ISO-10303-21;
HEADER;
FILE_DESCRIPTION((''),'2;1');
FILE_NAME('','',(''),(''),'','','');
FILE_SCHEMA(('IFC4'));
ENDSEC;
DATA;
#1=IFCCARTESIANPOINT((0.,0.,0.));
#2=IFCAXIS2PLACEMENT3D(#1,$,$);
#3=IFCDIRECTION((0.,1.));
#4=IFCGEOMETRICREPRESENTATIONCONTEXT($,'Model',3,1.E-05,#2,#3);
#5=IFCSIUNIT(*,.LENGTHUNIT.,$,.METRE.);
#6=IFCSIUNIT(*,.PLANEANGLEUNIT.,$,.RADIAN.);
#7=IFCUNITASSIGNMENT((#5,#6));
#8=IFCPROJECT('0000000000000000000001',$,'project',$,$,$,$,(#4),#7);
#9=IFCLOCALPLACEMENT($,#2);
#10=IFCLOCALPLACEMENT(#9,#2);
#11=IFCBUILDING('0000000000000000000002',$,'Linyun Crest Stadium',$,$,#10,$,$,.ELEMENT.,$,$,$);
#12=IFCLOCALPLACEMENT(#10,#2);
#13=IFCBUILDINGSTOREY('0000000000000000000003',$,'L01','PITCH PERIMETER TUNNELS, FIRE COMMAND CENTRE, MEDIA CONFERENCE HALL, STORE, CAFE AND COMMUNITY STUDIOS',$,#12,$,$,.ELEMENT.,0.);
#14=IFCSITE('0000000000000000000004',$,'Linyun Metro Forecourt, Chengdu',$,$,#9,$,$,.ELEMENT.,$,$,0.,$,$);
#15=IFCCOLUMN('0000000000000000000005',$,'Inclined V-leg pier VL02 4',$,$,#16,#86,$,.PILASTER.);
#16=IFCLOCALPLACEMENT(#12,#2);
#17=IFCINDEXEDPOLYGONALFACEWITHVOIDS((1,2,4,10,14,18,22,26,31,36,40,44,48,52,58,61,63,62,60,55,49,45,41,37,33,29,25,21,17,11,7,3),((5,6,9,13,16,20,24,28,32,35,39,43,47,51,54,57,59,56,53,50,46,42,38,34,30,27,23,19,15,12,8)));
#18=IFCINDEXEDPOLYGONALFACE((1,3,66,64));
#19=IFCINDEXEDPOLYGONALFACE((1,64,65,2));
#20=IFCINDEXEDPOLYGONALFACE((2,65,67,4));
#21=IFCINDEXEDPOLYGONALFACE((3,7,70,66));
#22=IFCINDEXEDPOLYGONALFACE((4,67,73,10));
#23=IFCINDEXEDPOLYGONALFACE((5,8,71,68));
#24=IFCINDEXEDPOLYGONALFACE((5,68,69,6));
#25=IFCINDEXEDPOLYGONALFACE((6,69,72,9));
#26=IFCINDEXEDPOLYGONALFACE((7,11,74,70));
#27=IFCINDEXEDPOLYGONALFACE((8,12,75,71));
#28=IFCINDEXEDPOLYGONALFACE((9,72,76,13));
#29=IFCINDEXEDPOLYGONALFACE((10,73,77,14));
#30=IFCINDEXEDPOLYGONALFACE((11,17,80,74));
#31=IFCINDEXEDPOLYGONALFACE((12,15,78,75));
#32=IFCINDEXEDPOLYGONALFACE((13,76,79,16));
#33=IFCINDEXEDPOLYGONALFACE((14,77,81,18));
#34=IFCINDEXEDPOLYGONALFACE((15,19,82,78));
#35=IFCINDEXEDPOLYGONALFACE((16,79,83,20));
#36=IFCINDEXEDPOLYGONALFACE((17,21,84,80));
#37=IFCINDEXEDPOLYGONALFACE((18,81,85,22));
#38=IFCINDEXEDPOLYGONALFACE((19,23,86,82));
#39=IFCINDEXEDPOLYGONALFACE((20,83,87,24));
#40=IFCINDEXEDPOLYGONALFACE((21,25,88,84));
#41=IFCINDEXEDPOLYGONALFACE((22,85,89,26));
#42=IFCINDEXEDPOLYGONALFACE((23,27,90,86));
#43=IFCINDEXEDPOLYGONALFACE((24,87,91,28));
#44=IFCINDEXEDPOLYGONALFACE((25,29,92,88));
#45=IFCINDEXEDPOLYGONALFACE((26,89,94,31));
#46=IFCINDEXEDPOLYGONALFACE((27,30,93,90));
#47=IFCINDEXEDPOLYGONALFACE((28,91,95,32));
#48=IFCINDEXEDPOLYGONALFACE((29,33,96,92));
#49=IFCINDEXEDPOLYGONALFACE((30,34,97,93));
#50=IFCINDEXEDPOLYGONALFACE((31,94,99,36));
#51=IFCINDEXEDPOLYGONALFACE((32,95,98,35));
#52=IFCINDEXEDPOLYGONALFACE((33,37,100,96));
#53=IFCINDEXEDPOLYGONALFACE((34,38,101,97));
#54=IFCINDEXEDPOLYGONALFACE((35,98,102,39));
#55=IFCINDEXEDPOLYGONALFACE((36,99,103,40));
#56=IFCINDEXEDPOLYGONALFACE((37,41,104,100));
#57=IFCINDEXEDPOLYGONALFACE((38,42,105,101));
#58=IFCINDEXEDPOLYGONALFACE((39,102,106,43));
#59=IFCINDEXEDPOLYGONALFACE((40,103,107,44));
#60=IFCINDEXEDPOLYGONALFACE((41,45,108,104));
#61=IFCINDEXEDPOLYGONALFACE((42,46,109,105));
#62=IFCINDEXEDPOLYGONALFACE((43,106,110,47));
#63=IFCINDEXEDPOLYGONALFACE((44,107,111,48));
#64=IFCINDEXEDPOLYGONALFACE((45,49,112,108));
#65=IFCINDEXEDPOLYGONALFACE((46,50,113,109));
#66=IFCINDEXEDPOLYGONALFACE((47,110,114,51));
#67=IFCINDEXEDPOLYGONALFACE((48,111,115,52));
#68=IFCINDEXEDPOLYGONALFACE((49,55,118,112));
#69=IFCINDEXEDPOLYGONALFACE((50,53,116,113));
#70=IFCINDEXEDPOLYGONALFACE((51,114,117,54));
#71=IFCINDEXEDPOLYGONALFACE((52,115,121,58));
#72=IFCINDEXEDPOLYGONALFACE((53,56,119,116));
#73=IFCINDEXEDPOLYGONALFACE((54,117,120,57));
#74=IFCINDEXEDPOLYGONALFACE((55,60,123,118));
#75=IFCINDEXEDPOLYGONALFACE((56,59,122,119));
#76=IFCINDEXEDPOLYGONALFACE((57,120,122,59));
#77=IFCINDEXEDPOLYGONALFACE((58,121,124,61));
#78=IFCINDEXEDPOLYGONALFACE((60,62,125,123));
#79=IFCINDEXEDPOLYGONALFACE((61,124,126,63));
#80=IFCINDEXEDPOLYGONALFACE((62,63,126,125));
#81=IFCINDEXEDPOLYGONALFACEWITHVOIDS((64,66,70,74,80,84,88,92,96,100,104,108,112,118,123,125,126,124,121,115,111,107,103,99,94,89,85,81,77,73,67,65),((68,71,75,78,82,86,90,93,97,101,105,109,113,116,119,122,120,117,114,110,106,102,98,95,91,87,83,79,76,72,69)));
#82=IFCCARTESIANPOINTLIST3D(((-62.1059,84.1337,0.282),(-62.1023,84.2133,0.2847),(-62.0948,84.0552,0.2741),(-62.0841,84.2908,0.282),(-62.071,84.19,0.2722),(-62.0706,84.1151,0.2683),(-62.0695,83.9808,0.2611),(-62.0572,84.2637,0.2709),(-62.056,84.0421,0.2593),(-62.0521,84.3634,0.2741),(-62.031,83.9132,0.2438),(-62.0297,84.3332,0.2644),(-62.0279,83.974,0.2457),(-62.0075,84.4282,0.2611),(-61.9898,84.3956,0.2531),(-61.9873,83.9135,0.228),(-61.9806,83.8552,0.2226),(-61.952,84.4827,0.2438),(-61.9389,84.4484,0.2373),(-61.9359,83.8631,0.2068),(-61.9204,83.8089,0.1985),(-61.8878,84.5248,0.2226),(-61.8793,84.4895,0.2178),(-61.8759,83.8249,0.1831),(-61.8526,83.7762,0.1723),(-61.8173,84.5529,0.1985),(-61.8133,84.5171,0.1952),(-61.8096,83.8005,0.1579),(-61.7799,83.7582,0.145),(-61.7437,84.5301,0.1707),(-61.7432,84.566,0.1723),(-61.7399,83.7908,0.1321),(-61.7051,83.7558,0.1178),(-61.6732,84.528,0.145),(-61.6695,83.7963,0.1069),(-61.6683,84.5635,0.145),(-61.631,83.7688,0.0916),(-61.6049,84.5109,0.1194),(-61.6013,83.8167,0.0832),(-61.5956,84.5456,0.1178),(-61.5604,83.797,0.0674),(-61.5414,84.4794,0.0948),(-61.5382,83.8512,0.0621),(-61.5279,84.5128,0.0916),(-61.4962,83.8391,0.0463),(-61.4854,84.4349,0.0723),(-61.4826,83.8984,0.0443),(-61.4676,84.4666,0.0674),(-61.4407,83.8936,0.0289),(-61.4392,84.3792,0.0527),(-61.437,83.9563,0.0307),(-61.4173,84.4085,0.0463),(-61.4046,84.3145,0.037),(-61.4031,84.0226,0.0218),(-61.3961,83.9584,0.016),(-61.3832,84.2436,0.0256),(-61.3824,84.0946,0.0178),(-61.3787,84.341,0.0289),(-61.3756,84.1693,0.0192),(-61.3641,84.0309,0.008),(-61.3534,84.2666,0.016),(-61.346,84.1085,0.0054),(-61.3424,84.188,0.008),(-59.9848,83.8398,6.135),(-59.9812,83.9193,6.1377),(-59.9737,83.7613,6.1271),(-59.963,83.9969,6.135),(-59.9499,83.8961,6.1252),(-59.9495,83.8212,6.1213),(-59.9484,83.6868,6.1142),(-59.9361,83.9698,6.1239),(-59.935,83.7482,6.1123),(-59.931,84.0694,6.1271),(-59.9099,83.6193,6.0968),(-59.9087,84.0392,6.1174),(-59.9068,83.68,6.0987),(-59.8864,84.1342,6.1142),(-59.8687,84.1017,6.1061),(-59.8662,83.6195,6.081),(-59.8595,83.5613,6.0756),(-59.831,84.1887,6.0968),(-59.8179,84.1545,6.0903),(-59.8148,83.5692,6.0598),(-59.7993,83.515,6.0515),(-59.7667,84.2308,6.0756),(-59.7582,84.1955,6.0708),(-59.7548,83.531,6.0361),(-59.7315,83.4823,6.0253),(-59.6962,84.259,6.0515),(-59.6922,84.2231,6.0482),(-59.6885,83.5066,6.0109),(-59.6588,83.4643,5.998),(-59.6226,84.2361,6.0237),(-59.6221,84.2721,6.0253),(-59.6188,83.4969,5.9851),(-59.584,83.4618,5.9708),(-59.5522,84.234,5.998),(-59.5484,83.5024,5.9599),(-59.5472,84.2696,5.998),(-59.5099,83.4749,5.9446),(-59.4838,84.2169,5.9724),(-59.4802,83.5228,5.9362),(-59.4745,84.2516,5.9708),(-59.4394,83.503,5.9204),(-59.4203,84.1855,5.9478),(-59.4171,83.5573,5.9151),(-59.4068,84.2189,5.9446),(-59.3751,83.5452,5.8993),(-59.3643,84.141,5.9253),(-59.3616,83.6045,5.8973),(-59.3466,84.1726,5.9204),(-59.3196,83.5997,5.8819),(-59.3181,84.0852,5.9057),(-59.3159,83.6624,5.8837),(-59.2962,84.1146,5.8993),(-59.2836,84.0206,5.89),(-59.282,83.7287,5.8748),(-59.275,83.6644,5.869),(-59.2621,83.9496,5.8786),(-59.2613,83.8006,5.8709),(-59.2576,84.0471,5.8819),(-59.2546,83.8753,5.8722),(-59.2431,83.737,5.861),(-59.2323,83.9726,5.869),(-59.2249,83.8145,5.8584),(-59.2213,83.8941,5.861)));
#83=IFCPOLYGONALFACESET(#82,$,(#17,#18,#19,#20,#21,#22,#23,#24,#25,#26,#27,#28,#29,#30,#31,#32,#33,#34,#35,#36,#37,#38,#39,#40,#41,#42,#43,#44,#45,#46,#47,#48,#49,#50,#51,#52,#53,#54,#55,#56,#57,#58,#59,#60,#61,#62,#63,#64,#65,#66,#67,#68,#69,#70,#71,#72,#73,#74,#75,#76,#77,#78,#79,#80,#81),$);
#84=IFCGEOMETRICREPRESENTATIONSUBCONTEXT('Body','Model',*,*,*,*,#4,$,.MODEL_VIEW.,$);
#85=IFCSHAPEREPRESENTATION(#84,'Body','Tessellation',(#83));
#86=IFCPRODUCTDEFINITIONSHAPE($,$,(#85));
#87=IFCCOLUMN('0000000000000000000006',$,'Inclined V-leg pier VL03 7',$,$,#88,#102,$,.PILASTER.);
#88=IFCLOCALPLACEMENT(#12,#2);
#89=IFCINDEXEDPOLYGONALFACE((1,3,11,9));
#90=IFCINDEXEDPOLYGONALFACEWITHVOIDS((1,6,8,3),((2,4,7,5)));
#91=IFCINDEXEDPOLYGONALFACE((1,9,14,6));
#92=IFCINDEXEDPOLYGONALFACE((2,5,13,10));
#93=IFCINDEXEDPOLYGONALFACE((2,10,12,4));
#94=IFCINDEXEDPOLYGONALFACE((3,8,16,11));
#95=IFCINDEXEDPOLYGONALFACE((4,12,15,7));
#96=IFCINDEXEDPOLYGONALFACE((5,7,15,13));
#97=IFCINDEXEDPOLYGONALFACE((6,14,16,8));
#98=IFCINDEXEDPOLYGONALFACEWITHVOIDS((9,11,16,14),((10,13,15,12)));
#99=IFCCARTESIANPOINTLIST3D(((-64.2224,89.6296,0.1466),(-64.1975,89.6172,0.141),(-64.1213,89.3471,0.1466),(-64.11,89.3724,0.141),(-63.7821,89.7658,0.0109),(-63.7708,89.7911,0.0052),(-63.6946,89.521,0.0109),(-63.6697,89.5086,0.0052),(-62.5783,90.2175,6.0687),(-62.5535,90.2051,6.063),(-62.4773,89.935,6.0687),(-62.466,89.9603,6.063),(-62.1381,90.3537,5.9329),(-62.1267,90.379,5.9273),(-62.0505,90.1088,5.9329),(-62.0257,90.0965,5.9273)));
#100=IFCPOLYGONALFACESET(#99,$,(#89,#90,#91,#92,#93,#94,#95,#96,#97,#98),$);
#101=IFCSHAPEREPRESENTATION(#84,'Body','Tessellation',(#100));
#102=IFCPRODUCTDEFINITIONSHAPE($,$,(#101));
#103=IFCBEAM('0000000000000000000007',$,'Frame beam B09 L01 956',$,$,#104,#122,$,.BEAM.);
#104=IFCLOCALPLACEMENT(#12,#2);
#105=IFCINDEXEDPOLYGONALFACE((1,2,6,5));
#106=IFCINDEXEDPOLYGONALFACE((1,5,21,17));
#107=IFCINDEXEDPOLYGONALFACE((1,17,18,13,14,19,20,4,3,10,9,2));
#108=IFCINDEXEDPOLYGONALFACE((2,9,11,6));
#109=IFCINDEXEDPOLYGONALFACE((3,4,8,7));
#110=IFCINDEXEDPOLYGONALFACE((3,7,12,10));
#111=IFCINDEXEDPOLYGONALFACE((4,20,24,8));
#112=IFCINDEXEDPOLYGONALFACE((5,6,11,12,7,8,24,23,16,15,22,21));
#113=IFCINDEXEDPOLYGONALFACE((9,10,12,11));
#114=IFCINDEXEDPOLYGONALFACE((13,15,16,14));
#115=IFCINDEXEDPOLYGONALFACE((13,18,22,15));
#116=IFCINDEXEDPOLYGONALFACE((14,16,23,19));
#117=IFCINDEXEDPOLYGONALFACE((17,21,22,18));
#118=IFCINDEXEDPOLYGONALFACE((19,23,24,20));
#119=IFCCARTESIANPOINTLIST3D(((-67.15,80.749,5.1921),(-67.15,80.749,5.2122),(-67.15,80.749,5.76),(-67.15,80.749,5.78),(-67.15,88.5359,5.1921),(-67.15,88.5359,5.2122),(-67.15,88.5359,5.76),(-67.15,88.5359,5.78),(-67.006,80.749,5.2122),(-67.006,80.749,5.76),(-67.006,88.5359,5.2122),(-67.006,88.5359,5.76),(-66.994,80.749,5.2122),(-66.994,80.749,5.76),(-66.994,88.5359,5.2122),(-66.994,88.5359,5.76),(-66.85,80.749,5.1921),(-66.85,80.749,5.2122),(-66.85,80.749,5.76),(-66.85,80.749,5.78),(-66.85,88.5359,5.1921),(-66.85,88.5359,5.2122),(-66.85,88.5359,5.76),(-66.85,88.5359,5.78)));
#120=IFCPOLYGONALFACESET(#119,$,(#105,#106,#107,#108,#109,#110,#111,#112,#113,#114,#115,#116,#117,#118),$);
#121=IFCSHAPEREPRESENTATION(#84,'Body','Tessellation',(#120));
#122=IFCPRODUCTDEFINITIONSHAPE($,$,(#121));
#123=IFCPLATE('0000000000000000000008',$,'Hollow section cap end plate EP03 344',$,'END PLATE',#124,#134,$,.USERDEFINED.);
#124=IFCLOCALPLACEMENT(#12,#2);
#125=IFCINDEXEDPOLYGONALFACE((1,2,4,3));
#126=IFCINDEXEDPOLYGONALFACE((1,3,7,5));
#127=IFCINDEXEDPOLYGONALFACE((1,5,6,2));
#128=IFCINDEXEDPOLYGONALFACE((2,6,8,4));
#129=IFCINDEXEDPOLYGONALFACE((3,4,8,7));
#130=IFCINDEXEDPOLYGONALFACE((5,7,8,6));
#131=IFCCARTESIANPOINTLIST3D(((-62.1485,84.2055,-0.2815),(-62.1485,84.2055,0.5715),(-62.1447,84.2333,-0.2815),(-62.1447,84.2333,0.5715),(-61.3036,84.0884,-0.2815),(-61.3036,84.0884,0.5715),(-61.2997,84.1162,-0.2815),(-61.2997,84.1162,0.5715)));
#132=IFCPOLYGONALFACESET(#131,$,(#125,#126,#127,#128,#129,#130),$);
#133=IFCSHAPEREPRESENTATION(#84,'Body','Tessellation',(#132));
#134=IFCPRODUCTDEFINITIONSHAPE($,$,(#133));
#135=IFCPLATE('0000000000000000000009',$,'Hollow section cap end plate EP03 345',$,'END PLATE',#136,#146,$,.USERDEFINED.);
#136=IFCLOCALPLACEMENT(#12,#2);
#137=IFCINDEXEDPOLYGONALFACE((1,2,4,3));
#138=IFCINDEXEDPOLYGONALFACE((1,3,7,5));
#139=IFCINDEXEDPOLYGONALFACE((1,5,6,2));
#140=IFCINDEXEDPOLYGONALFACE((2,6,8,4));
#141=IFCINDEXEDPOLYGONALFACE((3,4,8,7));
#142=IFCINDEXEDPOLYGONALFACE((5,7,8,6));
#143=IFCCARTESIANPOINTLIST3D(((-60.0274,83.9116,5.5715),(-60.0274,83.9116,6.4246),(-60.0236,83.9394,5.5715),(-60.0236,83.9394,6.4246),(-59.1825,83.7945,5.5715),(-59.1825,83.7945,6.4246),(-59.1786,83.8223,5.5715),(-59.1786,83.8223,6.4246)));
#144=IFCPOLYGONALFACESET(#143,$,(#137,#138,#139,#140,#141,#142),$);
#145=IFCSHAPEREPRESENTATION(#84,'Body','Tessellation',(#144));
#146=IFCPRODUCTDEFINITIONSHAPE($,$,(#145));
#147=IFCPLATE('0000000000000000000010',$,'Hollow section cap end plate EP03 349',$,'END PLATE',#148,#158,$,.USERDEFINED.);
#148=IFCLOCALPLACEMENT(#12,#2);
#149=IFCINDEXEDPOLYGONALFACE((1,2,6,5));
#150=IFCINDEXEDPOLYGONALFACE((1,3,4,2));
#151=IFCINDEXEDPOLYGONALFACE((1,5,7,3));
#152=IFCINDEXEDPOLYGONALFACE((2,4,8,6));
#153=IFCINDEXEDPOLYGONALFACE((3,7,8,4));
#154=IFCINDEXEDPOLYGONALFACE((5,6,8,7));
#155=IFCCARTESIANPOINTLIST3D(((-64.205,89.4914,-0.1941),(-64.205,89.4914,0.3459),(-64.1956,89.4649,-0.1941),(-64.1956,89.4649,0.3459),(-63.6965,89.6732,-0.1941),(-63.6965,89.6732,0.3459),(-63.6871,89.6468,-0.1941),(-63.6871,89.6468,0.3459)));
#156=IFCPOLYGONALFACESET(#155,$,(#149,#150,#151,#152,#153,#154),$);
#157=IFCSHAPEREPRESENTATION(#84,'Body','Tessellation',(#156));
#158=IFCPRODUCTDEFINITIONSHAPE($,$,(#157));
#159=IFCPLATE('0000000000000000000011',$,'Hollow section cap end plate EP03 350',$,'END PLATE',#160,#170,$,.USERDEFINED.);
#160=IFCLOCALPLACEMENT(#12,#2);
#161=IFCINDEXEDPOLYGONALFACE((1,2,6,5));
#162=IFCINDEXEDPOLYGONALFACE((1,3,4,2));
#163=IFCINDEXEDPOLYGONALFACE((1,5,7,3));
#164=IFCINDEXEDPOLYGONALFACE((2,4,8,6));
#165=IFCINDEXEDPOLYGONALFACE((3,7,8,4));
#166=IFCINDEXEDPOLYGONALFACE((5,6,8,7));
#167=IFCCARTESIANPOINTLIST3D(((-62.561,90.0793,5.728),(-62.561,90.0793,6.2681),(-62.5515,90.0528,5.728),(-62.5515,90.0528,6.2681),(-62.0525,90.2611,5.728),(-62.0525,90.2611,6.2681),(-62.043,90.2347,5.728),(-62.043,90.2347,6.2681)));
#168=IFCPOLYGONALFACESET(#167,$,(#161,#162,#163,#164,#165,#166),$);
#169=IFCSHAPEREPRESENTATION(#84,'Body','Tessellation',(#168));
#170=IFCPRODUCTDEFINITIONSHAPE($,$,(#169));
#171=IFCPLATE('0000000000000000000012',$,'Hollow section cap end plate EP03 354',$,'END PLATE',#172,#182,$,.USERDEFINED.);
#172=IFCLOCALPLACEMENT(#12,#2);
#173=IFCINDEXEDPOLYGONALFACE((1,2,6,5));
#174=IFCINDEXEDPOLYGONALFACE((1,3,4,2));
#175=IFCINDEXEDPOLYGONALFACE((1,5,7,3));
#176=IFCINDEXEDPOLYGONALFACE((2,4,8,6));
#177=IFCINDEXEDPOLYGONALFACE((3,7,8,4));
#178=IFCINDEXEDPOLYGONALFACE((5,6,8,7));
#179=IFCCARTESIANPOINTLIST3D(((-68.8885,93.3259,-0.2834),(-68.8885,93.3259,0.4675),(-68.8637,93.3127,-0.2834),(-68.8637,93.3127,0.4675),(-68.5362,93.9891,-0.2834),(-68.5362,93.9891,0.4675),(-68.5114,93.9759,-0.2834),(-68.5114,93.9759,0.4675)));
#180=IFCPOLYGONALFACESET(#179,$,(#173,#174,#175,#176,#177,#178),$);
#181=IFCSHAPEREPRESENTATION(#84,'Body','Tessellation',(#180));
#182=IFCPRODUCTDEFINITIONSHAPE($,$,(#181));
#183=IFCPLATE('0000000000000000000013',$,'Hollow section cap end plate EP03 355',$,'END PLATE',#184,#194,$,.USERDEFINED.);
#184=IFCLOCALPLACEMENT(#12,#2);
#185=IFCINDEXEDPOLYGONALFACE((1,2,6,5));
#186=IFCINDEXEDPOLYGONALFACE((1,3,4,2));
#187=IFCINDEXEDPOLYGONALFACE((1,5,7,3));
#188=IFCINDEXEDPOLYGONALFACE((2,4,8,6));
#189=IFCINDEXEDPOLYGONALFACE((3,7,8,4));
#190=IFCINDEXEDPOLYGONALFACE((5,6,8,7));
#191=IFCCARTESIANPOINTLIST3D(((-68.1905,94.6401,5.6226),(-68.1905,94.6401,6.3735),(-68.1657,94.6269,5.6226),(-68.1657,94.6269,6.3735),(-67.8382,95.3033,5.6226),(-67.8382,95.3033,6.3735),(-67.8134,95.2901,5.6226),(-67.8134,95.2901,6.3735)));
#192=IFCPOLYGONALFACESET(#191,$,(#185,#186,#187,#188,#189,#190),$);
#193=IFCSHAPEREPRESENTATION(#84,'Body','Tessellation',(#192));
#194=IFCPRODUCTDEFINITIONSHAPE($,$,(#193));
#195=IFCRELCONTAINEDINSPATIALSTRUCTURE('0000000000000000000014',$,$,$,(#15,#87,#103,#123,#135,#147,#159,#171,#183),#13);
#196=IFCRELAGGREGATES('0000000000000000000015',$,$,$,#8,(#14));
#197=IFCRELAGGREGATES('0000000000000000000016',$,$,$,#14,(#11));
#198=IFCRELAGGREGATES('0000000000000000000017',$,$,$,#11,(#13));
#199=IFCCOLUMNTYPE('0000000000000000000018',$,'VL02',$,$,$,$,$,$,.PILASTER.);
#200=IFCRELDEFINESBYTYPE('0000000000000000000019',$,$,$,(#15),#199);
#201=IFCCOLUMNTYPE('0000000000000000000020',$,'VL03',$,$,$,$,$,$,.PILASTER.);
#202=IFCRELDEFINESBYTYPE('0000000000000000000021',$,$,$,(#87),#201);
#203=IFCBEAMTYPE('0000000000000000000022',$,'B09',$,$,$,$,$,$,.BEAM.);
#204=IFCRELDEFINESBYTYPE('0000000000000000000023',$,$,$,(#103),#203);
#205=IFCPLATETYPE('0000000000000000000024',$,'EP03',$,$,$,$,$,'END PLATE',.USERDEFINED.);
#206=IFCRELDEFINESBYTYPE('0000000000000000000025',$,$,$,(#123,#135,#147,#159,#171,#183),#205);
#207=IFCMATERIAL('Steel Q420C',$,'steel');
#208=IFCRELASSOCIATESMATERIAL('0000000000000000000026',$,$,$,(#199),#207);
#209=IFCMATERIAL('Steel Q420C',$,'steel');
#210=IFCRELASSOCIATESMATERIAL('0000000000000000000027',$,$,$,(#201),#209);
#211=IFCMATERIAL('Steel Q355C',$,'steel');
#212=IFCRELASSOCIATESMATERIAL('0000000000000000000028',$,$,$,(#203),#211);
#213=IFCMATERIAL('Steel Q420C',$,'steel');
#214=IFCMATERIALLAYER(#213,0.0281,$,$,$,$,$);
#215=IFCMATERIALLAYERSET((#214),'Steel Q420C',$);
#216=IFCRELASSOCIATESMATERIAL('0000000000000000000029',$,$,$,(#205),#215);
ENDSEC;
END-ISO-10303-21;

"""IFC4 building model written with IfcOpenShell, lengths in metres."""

from ifc_helpers import new_model, si_unit, direction, frame, origin, origin_2d, place, context, subcontext, project, spatial, rectangle, hollow_rectangle, hollow_circle, i_section, extrude, material, layer, layer_set, material_profile, profile_set, type_object, element, save


model = new_model("IFC4")

# Units and contexts
model_context = context("Model", 3, precision=1e-05, world=origin(), true_north=direction((0.0, 1.0)))
body_context = subcontext(model_context, "Body", "Model", "MODEL_VIEW")
ifc_project = project(units=[si_unit("LENGTHUNIT", "METRE"), si_unit("PLANEANGLEUNIT", "RADIAN")], contexts=[model_context])

# Site, building, storey
site_placement = place(None, origin())
site = spatial("IfcSite", under=ifc_project, at=site_placement, Name="Linyun Metro Forecourt, Chengdu", CompositionType="ELEMENT", RefElevation=0.0)
building_placement = place(site_placement, origin())
building = spatial("IfcBuilding", under=site, at=building_placement, Name="Linyun Crest Stadium", CompositionType="ELEMENT")
storey_placement = place(building_placement, origin())
storey = spatial("IfcBuildingStorey", under=building, at=storey_placement, Name="L01", Description="PITCH PERIMETER TUNNELS, FIRE COMMAND CENTRE, MEDIA CONFERENCE HALL, STORE, CAFE AND COMMUNITY STUDIOS", CompositionType="ELEMENT", Elevation=0.0)

# Columns
ifc_material_1 = material(Name="Steel Q420C", Category="steel")
ifc_material_profile_1 = material_profile(ifc_material_1, hollow_circle(Radius=0.4065, WallThickness=0.0359, at=origin_2d()), Name="CHS 813x36")
ifc_profile_set_1 = profile_set([ifc_material_profile_1], Name="Steel Q420C")
column_type_1 = type_object("IfcColumnType", Name="VL02", PredefinedType="PILASTER", material=ifc_profile_set_1)
column_1_placement = place(storey_placement, frame((-61.7241, 84.1609, 0.145), z_axis=(0.340331, -0.047164, 0.939122), x_axis=(0.13727, 0.990534, 0.0)))
element("IfcColumn", 1, at=column_1_placement, inside=storey, type_object=column_type_1, Name="Inclined V-leg pier VL02 4", PredefinedType="PILASTER", context=body_context, shape_type="SweptSolid", body=[
    extrude(hollow_circle(Radius=0.4065, WallThickness=0.0359, at=origin_2d()), origin(), (0.0, 0.0, 1.0), 6.2324),
])
ifc_material_2 = material(Name="Steel Q420C", Category="steel")
ifc_material_profile_2 = material_profile(ifc_material_2, hollow_rectangle(XDim=0.3, YDim=0.5, WallThickness=0.02, at=origin_2d()), Name="RHS 500x300x20")
ifc_profile_set_2 = profile_set([ifc_material_profile_2], Name="Steel Q420C")
column_type_2 = type_object("IfcColumnType", Name="VL03", PredefinedType="PILASTER", material=ifc_profile_set_2)
column_2_placement = place(storey_placement, frame((-63.946, 89.5691, 0.0759), z_axis=(0.266279, 0.095218, 0.959181), x_axis=(-0.336708, 0.941609, 0.0)))
element("IfcColumn", 2, at=column_2_placement, inside=storey, type_object=column_type_2, Name="Inclined V-leg pier VL03 7", PredefinedType="PILASTER", context=body_context, shape_type="SweptSolid", body=[
    extrude(hollow_rectangle(XDim=0.3, YDim=0.5, WallThickness=0.02, at=origin_2d()), origin(), (0.0, 0.0, 1.0), 6.1741),
])

# Beam
ifc_material_3 = material(Name="Steel Q355C", Category="steel")
ifc_material_profile_3 = material_profile(ifc_material_3, i_section(OverallWidth=0.3, OverallDepth=0.5879, WebThickness=0.012, FlangeThickness=0.02, at=origin_2d()), Name="HM 588x300")
ifc_profile_set_3 = profile_set([ifc_material_profile_3], Name="Steel Q355C")
beam_type = type_object("IfcBeamType", Name="B09", PredefinedType="BEAM", material=ifc_profile_set_3)
beam_placement = place(storey_placement, frame((-67.0, 80.749, 5.4861), z_axis=(0.0, 1.0, 0.0), x_axis=(-1.0, 0.0, 0.0)))
element("IfcBeam", 3, at=beam_placement, inside=storey, type_object=beam_type, Name="Frame beam B09 L01 956", PredefinedType="BEAM", context=body_context, shape_type="SweptSolid", body=[
    extrude(i_section(OverallWidth=0.3, OverallDepth=0.5879, WebThickness=0.012, FlangeThickness=0.02, at=origin_2d()), origin(), (0.0, 0.0, 1.0), 7.7869),
])

# Plates
ifc_material_4 = material(Name="Steel Q420C", Category="steel")
ifc_layer_1 = layer(ifc_material_4, 0.0281)
ifc_layer_set_1 = layer_set([ifc_layer_1], Name="Steel Q420C")
plate_type = type_object("IfcPlateType", Name="EP03", ElementType="END PLATE", PredefinedType="USERDEFINED", material=ifc_layer_set_1)
for number, where, z_axis, x_axis, name in (
    (4, (-61.7241, 84.1609, -0.2815), (0.0, 0.0, 1.0), (0.990533, -0.137272, 0.0), "Hollow section cap end plate EP03 344"),
    (5, (-59.603, 83.8669, 5.5715), (0.0, 0.0, 1.0), (0.990533, -0.137272, 0.0), "Hollow section cap end plate EP03 345"),
):
    element("IfcPlate", number, at=place(storey_placement, frame(where, z_axis=z_axis, x_axis=x_axis)), inside=storey, type_object=plate_type, Name=name, ObjectType="END PLATE", PredefinedType="USERDEFINED", context=body_context, shape_type="SweptSolid", body=[
        extrude(rectangle(XDim=0.853, YDim=0.0281, at=origin_2d()), origin(), (0.0, 0.0, 1.0), 0.853),
    ])
for number, where, z_axis, x_axis, name in (
    (6, (-63.946, 89.5691, -0.1941), (0.0, 0.0, 1.0), (0.941588, 0.336767, 0.0), "Hollow section cap end plate EP03 349"),
    (7, (-62.302, 90.157, 5.728), (0.0, 0.0, 1.0), (0.941588, 0.336767, 0.0), "Hollow section cap end plate EP03 350"),
):
    element("IfcPlate", number, at=place(storey_placement, frame(where, z_axis=z_axis, x_axis=x_axis)), inside=storey, type_object=plate_type, Name=name, ObjectType="END PLATE", PredefinedType="USERDEFINED", context=body_context, shape_type="SweptSolid", body=[
        extrude(rectangle(XDim=0.54, YDim=0.0281, at=origin_2d()), origin(), (0.0, 0.0, 1.0), 0.54),
    ])
for number, where, z_axis, x_axis, name in (
    (8, (-68.7, 93.6509, -0.2834), (0.0, 0.0, 1.0), (0.469163, 0.883111, 0.0), "Hollow section cap end plate EP03 354"),
    (9, (-68.002, 94.9651, 5.6226), (0.0, 0.0, 1.0), (0.469163, 0.883111, 0.0), "Hollow section cap end plate EP03 355"),
):
    element("IfcPlate", number, at=place(storey_placement, frame(where, z_axis=z_axis, x_axis=x_axis)), inside=storey, type_object=plate_type, Name=name, ObjectType="END PLATE", PredefinedType="USERDEFINED", context=body_context, shape_type="SweptSolid", body=[
        extrude(rectangle(XDim=0.751, YDim=0.0281, at=origin_2d()), origin(), (0.0, 0.0, 1.0), 0.751),
    ])

save(model, "model.ifc")
